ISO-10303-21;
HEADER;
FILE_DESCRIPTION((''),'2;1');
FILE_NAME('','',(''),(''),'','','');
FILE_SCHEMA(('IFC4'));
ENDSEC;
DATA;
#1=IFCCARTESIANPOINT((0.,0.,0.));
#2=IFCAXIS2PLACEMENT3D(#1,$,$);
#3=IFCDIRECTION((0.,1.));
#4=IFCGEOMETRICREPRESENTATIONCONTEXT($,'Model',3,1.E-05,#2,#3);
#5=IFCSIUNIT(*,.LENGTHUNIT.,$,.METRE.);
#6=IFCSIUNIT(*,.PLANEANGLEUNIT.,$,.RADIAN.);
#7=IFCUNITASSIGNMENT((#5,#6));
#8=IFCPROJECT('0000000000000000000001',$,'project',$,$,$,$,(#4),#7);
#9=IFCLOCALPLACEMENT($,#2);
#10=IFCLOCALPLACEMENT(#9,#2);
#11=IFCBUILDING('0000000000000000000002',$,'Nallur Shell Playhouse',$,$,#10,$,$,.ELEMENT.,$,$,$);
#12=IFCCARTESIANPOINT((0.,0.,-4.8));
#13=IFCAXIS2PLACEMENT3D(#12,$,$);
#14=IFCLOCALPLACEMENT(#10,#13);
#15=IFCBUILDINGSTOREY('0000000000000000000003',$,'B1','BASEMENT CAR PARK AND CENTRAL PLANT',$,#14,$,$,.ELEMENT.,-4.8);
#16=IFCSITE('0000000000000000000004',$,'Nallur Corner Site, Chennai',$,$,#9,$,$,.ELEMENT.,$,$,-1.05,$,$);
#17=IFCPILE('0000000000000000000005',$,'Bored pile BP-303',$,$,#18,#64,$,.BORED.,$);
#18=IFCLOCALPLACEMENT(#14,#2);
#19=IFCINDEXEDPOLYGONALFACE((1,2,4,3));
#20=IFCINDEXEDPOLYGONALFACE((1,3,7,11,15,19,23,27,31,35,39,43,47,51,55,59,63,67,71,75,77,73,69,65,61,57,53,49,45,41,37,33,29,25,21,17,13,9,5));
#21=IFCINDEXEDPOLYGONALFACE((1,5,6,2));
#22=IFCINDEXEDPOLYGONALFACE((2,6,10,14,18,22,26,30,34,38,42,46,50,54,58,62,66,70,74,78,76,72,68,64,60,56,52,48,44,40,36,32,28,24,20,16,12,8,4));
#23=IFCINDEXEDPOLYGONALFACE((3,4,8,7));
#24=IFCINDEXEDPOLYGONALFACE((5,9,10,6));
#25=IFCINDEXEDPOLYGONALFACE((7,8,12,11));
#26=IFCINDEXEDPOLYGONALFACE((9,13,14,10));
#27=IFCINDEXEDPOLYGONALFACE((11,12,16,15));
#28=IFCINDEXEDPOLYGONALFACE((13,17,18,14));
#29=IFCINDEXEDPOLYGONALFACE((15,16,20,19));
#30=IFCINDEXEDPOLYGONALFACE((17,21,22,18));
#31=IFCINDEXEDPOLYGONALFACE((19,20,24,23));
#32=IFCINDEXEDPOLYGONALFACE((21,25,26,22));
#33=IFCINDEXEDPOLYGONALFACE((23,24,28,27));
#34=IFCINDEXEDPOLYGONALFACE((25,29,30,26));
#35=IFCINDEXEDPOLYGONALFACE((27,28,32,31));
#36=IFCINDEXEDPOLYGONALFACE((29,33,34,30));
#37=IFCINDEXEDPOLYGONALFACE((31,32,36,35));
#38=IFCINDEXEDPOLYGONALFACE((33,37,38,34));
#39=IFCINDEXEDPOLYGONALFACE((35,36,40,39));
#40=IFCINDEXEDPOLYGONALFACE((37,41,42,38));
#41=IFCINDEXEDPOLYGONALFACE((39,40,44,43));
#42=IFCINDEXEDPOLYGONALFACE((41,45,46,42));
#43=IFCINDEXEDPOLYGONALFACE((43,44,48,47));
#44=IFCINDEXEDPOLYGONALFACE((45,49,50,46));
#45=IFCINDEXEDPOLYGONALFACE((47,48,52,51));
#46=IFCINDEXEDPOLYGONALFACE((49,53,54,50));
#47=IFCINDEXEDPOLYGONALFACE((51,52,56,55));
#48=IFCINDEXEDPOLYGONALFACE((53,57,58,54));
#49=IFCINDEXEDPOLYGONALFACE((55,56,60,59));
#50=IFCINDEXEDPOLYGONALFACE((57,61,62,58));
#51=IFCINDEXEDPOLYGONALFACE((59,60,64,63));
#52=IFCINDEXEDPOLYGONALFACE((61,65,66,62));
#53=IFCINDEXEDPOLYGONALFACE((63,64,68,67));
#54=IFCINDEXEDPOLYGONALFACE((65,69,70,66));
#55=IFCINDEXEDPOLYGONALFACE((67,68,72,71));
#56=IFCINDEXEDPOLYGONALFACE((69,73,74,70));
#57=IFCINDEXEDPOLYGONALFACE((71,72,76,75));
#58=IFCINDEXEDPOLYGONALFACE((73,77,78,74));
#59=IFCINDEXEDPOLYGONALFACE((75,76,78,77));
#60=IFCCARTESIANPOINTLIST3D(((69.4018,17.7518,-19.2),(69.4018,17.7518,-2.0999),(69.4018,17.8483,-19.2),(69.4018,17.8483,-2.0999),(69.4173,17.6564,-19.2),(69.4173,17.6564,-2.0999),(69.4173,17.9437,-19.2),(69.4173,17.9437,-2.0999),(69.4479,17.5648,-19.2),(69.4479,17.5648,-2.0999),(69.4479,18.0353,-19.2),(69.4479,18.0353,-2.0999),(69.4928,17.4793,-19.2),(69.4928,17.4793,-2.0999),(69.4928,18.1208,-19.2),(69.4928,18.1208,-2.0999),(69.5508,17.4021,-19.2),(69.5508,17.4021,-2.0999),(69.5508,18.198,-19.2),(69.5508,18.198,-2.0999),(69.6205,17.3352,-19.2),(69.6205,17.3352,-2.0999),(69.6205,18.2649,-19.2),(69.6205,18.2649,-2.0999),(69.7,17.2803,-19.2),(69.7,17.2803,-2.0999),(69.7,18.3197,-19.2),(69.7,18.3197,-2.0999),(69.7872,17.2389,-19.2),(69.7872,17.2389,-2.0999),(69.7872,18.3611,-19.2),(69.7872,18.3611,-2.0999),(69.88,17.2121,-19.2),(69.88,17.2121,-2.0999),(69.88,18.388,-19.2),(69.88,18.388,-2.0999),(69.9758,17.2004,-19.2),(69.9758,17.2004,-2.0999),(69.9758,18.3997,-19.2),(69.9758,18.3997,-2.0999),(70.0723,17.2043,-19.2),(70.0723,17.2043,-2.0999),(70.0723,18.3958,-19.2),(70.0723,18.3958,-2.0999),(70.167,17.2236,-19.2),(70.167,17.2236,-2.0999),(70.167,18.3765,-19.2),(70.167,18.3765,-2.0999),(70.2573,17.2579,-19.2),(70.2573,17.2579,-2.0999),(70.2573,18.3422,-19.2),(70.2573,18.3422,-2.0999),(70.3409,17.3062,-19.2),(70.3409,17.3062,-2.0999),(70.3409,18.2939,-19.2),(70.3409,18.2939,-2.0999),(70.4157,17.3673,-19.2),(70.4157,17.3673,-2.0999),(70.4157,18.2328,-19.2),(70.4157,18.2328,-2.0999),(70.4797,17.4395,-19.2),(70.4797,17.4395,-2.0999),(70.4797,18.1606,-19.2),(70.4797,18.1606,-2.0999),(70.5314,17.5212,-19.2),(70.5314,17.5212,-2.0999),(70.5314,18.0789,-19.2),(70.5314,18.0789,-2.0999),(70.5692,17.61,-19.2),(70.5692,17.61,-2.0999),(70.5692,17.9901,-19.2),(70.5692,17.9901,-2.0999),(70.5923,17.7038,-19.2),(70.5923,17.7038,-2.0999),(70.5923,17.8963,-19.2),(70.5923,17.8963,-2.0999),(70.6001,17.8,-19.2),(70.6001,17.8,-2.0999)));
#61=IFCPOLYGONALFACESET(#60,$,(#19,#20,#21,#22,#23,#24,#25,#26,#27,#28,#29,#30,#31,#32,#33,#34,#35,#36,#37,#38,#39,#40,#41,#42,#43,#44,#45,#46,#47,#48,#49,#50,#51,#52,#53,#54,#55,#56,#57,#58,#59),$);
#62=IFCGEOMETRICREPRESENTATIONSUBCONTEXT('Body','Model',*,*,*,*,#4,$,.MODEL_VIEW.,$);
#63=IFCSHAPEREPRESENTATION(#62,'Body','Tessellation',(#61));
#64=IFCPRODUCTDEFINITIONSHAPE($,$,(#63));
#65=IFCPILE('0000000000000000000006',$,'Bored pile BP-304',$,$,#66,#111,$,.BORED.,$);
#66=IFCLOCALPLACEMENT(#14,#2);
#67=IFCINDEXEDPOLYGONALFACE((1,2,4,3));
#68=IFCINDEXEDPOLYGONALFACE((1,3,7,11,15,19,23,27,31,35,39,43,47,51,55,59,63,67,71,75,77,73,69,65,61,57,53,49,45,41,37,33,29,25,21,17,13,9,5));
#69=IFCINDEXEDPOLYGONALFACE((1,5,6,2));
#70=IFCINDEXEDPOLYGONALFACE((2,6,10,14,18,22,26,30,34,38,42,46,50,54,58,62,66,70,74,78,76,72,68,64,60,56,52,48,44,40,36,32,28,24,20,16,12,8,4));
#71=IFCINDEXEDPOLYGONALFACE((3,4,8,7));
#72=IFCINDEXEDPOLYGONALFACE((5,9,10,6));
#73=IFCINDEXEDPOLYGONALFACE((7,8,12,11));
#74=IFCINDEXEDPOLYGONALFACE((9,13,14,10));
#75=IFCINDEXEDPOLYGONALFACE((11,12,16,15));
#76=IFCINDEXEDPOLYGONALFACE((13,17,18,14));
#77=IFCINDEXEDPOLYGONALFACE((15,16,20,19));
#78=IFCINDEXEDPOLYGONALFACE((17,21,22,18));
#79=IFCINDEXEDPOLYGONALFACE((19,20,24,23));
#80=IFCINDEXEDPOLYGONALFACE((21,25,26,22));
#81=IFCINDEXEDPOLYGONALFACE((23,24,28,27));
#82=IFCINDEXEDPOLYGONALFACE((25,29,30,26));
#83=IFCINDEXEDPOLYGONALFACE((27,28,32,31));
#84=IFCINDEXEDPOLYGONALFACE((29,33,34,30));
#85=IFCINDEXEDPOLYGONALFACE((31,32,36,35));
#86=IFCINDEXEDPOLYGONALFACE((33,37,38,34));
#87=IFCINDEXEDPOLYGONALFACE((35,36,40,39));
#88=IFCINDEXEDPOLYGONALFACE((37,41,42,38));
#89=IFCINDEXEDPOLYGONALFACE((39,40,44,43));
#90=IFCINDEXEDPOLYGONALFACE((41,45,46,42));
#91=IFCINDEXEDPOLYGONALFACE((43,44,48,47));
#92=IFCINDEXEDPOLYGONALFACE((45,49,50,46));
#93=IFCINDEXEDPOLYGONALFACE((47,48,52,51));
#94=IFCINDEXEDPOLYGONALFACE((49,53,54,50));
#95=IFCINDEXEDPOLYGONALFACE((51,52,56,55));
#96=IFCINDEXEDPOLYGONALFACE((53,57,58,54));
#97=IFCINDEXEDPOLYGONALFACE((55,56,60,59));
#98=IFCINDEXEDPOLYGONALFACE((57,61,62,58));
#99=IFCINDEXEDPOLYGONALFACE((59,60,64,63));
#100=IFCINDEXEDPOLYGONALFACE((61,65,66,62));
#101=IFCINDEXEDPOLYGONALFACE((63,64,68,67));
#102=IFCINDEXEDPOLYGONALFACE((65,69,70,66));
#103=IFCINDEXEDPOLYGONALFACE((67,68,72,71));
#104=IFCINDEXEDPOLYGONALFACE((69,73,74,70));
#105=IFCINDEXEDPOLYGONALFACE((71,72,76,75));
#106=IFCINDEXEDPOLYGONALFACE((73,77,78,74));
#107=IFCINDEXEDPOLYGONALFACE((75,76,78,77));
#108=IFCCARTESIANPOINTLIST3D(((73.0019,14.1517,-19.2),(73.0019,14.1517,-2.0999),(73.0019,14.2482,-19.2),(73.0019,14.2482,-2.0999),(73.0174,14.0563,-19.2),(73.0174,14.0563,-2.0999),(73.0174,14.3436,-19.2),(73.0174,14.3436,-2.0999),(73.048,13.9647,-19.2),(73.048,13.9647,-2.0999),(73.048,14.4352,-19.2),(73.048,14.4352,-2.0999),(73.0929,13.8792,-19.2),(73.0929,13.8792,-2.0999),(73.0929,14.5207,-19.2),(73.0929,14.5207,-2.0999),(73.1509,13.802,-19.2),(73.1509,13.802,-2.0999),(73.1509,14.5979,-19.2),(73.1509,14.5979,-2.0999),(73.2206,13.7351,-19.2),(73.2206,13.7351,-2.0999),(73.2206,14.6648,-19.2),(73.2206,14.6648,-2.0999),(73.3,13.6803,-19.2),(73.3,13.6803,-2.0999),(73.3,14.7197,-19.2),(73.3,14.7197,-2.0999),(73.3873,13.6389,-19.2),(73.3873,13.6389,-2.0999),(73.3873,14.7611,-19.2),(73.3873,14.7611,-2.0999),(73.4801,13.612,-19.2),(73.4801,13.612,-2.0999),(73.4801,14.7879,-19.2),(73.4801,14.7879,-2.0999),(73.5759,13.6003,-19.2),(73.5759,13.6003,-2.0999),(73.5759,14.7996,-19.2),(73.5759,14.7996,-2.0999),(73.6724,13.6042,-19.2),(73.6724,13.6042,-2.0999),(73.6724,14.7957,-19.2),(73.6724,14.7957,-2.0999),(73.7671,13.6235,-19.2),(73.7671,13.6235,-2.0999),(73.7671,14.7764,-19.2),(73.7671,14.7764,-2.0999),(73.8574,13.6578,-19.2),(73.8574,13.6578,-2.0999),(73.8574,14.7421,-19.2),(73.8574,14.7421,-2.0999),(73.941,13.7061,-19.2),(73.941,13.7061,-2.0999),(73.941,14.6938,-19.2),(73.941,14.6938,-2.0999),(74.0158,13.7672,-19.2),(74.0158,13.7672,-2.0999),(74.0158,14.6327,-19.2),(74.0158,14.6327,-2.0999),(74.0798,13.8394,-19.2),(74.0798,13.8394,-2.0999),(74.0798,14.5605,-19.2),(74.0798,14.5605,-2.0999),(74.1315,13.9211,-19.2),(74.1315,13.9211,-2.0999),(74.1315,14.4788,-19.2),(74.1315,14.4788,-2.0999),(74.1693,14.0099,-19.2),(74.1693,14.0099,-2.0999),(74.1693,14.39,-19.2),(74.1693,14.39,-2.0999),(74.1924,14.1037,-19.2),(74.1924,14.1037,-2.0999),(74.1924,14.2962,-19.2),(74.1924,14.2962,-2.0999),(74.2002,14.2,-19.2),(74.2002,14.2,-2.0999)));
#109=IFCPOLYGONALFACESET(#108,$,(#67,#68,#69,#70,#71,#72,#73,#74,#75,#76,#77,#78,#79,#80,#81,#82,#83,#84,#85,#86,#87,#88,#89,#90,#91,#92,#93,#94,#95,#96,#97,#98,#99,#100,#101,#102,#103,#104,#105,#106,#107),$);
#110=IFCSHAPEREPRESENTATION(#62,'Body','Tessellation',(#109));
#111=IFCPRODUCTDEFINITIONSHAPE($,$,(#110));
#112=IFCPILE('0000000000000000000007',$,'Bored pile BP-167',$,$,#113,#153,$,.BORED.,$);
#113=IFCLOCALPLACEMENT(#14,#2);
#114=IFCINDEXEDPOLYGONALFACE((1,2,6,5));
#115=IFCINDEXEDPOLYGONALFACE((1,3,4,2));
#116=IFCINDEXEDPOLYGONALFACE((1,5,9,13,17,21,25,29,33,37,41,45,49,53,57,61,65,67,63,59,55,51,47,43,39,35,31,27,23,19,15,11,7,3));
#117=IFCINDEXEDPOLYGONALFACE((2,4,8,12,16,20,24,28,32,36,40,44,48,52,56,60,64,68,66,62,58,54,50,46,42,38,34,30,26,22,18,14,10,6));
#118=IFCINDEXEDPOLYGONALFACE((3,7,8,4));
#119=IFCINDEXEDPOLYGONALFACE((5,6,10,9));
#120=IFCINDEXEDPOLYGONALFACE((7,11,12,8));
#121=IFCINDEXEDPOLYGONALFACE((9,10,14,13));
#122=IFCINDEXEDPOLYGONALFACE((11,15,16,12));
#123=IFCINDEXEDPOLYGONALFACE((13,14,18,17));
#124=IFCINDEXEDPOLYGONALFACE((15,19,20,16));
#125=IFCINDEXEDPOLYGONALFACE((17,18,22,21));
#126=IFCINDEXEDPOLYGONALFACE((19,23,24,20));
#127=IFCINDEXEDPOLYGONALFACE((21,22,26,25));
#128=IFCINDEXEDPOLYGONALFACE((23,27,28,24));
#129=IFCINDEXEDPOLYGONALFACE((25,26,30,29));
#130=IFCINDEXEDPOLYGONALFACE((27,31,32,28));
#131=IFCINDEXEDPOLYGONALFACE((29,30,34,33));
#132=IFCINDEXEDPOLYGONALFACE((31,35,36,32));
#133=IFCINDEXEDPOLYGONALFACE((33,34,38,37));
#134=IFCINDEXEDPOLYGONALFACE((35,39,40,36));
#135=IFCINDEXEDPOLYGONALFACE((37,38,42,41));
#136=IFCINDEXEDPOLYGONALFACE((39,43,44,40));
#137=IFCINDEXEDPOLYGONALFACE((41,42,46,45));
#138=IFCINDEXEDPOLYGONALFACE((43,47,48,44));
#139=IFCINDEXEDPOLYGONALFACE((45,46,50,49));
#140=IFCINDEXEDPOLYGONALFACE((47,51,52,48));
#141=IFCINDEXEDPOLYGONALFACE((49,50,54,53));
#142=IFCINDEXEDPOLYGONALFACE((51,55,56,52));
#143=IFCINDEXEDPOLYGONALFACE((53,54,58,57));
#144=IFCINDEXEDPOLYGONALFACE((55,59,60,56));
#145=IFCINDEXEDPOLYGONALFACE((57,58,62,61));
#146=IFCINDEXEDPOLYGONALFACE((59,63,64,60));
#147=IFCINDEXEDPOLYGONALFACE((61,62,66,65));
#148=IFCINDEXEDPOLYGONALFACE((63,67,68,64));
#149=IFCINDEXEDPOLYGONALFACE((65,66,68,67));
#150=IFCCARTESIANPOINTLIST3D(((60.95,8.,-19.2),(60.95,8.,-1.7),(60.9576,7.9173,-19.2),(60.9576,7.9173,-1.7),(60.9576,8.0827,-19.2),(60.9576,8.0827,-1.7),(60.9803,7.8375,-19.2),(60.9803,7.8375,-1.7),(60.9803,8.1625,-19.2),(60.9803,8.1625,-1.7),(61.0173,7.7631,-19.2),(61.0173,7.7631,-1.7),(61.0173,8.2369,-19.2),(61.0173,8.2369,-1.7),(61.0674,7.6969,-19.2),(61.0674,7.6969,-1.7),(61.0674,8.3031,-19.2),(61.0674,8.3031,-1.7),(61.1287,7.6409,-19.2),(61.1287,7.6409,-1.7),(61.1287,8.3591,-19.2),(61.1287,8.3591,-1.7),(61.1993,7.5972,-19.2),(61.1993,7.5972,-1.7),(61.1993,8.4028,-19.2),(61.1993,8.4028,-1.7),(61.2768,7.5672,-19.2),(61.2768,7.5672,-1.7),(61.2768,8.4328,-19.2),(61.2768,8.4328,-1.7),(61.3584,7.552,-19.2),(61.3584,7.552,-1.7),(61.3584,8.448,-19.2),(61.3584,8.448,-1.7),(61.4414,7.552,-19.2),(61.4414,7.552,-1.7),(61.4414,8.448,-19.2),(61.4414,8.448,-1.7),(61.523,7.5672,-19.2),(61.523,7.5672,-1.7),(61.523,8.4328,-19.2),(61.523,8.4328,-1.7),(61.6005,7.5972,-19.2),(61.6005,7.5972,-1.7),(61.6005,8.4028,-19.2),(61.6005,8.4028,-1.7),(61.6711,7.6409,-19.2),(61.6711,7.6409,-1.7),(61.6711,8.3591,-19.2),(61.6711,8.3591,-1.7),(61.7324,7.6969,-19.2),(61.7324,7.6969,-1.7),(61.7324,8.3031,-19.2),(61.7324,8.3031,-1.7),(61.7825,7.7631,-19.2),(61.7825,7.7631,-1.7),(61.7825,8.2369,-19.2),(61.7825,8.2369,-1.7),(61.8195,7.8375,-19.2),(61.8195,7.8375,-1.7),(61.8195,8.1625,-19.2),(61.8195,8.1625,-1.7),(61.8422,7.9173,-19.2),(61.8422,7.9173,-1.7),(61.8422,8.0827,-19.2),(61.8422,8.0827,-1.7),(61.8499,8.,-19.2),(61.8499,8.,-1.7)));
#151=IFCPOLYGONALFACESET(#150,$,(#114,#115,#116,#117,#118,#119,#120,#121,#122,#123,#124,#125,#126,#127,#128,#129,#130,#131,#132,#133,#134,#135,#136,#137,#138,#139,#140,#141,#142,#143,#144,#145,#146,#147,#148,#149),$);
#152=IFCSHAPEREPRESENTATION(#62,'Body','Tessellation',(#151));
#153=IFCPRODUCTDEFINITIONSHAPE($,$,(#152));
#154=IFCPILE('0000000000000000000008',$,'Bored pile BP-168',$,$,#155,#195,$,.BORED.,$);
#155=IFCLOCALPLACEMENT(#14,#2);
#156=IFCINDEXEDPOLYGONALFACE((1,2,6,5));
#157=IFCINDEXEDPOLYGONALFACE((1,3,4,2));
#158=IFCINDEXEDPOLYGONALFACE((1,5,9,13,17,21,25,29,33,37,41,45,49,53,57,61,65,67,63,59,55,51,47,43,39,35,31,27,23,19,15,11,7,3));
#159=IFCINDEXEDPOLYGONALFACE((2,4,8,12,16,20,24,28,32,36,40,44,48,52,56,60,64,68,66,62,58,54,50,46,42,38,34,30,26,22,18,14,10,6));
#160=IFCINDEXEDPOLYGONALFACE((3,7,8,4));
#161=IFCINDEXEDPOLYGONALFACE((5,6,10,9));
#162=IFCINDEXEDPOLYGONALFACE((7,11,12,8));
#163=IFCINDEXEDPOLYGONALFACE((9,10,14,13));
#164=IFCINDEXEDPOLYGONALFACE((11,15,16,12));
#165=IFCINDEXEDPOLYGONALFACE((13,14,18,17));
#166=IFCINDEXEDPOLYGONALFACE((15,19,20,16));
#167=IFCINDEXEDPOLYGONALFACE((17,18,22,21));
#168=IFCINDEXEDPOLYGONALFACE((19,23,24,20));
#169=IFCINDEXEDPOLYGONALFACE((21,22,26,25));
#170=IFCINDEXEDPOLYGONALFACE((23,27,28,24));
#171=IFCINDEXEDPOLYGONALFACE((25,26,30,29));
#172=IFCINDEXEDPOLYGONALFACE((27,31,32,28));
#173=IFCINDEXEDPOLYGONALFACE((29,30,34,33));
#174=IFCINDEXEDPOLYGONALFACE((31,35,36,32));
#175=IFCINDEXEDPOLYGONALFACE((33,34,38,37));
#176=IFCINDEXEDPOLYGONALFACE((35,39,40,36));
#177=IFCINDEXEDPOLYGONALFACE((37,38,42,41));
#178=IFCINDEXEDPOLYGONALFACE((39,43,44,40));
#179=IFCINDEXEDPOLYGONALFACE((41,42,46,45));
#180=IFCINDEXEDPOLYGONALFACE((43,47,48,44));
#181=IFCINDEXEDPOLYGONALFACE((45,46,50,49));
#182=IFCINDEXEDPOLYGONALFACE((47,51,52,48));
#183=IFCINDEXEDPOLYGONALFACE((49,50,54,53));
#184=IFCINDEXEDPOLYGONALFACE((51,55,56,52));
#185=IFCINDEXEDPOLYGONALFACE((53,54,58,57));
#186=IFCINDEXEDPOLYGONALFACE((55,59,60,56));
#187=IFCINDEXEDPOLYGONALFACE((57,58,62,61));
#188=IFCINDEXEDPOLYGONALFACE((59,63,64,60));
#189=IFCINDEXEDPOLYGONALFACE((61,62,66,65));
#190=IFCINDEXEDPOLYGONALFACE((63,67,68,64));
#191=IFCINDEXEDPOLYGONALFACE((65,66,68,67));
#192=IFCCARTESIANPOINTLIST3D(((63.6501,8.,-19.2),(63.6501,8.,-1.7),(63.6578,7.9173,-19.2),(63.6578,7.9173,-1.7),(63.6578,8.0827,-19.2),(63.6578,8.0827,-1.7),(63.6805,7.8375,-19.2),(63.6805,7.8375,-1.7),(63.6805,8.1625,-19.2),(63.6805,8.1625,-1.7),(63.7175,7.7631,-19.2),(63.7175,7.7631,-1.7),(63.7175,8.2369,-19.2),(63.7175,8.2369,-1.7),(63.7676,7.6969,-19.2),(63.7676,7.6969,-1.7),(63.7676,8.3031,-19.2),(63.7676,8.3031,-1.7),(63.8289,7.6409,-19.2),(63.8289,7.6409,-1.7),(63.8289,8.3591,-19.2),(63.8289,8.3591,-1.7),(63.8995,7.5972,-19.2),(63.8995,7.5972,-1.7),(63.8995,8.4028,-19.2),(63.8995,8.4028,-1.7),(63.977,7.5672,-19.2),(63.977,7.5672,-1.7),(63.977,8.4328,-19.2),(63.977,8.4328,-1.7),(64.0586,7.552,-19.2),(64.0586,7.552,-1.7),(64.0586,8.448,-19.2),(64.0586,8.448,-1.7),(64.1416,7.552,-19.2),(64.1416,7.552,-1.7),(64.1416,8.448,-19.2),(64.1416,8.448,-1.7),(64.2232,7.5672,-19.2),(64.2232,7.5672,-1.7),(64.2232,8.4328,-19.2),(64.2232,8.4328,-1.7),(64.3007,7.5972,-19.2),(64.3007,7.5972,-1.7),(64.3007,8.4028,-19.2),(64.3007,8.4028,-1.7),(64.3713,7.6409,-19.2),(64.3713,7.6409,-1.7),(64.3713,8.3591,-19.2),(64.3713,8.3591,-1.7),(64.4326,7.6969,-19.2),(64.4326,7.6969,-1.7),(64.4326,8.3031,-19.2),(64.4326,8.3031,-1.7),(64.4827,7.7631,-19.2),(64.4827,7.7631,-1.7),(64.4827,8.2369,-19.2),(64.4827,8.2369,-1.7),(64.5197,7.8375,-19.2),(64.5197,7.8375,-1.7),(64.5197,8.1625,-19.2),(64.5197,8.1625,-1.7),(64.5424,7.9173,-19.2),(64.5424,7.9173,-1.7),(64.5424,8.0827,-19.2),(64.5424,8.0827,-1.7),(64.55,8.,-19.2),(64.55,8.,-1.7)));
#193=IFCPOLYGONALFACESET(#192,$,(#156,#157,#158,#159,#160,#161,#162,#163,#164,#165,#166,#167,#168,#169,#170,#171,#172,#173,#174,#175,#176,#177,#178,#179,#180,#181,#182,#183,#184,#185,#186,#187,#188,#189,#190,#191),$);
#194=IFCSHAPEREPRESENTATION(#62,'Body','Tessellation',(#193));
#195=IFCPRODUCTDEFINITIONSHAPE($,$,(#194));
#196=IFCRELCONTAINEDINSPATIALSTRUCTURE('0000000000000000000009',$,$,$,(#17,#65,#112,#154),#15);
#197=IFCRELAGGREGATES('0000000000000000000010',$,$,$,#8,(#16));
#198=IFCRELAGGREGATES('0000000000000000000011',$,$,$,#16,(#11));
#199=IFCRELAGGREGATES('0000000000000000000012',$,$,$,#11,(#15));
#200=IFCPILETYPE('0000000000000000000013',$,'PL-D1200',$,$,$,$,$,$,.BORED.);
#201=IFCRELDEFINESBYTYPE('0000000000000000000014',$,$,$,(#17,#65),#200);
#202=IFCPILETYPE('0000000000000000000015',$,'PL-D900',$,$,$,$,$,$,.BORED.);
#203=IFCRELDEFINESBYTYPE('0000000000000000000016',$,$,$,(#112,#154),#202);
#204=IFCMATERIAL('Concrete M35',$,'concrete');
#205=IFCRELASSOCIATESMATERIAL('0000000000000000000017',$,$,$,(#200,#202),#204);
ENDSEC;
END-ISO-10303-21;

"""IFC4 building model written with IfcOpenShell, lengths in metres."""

from ifc_helpers import new_model, si_unit, direction, frame, origin, origin_2d, place, context, subcontext, project, spatial, circle, extrude, material, material_profile, profile_set, type_object, element, save


model = new_model("IFC4")

# Units and contexts
model_context = context("Model", 3, precision=1e-05, world=origin(), true_north=direction((0.0, 1.0)))
body_context = subcontext(model_context, "Body", "Model", "MODEL_VIEW")
ifc_project = project(units=[si_unit("LENGTHUNIT", "METRE"), si_unit("PLANEANGLEUNIT", "RADIAN")], contexts=[model_context])

# Site, building, storey
site_placement = place(None, origin())
site = spatial("IfcSite", under=ifc_project, at=site_placement, Name="Nallur Corner Site, Chennai", CompositionType="ELEMENT", RefElevation=-1.05)
building_placement = place(site_placement, origin())
building = spatial("IfcBuilding", under=site, at=building_placement, Name="Nallur Shell Playhouse", CompositionType="ELEMENT")
storey_placement = place(building_placement, frame((0.0, 0.0, -4.8)))
storey = spatial("IfcBuildingStorey", under=building, at=storey_placement, Name="B1", Description="BASEMENT CAR PARK AND CENTRAL PLANT", CompositionType="ELEMENT", Elevation=-4.8)

# Shared definitions
ifc_material_1 = material(Name="Concrete M35", Category="concrete")

# Piles
ifc_material_profile_1 = material_profile(ifc_material_1, circle(Radius=0.6001, at=origin_2d()), Name="BORED PILE D1200")
ifc_profile_set_1 = profile_set([ifc_material_profile_1], Name="Concrete M35")
pile_type_1 = type_object("IfcPileType", Name="PL-D1200", PredefinedType="BORED", material=ifc_profile_set_1)
for number, where, z_axis, x_axis, name in (
    (1, (70.0, 17.8, -2.0999), (0.0, 0.0, -1.0), (1.0, 0.0, 0.0), "Bored pile BP-303"),
    (2, (73.6001, 14.2, -2.0999), (0.0, 0.0, -1.0), (1.0, 0.0, 0.0), "Bored pile BP-304"),
):
    element("IfcPile", number, at=place(storey_placement, frame(where, z_axis=z_axis, x_axis=x_axis)), inside=storey, type_object=pile_type_1, Name=name, PredefinedType="BORED", context=body_context, shape_type="SweptSolid", body=[
        extrude(circle(Radius=0.6001, at=origin_2d()), origin(), (0.0, 0.0, 1.0), 17.1001),
    ])
ifc_material_profile_2 = material_profile(ifc_material_1, circle(Radius=0.45, at=origin_2d()), Name="BORED PILE D900")
ifc_profile_set_2 = profile_set([ifc_material_profile_2], Name="Concrete M35")
pile_type_2 = type_object("IfcPileType", Name="PL-D900", PredefinedType="BORED", material=ifc_profile_set_2)
for number, where, z_axis, x_axis, name in (
    (3, (61.3999, 8.0, -1.7), (0.0, 0.0, -1.0), (1.0, 0.0, 0.0), "Bored pile BP-167"),
    (4, (64.1001, 8.0, -1.7), (0.0, 0.0, -1.0), (1.0, 0.0, 0.0), "Bored pile BP-168"),
):
    element("IfcPile", number, at=place(storey_placement, frame(where, z_axis=z_axis, x_axis=x_axis)), inside=storey, type_object=pile_type_2, Name=name, PredefinedType="BORED", context=body_context, shape_type="SweptSolid", body=[
        extrude(circle(Radius=0.45, at=origin_2d()), origin(), (0.0, 0.0, 1.0), 17.5),
    ])

save(model, "model.ifc")
